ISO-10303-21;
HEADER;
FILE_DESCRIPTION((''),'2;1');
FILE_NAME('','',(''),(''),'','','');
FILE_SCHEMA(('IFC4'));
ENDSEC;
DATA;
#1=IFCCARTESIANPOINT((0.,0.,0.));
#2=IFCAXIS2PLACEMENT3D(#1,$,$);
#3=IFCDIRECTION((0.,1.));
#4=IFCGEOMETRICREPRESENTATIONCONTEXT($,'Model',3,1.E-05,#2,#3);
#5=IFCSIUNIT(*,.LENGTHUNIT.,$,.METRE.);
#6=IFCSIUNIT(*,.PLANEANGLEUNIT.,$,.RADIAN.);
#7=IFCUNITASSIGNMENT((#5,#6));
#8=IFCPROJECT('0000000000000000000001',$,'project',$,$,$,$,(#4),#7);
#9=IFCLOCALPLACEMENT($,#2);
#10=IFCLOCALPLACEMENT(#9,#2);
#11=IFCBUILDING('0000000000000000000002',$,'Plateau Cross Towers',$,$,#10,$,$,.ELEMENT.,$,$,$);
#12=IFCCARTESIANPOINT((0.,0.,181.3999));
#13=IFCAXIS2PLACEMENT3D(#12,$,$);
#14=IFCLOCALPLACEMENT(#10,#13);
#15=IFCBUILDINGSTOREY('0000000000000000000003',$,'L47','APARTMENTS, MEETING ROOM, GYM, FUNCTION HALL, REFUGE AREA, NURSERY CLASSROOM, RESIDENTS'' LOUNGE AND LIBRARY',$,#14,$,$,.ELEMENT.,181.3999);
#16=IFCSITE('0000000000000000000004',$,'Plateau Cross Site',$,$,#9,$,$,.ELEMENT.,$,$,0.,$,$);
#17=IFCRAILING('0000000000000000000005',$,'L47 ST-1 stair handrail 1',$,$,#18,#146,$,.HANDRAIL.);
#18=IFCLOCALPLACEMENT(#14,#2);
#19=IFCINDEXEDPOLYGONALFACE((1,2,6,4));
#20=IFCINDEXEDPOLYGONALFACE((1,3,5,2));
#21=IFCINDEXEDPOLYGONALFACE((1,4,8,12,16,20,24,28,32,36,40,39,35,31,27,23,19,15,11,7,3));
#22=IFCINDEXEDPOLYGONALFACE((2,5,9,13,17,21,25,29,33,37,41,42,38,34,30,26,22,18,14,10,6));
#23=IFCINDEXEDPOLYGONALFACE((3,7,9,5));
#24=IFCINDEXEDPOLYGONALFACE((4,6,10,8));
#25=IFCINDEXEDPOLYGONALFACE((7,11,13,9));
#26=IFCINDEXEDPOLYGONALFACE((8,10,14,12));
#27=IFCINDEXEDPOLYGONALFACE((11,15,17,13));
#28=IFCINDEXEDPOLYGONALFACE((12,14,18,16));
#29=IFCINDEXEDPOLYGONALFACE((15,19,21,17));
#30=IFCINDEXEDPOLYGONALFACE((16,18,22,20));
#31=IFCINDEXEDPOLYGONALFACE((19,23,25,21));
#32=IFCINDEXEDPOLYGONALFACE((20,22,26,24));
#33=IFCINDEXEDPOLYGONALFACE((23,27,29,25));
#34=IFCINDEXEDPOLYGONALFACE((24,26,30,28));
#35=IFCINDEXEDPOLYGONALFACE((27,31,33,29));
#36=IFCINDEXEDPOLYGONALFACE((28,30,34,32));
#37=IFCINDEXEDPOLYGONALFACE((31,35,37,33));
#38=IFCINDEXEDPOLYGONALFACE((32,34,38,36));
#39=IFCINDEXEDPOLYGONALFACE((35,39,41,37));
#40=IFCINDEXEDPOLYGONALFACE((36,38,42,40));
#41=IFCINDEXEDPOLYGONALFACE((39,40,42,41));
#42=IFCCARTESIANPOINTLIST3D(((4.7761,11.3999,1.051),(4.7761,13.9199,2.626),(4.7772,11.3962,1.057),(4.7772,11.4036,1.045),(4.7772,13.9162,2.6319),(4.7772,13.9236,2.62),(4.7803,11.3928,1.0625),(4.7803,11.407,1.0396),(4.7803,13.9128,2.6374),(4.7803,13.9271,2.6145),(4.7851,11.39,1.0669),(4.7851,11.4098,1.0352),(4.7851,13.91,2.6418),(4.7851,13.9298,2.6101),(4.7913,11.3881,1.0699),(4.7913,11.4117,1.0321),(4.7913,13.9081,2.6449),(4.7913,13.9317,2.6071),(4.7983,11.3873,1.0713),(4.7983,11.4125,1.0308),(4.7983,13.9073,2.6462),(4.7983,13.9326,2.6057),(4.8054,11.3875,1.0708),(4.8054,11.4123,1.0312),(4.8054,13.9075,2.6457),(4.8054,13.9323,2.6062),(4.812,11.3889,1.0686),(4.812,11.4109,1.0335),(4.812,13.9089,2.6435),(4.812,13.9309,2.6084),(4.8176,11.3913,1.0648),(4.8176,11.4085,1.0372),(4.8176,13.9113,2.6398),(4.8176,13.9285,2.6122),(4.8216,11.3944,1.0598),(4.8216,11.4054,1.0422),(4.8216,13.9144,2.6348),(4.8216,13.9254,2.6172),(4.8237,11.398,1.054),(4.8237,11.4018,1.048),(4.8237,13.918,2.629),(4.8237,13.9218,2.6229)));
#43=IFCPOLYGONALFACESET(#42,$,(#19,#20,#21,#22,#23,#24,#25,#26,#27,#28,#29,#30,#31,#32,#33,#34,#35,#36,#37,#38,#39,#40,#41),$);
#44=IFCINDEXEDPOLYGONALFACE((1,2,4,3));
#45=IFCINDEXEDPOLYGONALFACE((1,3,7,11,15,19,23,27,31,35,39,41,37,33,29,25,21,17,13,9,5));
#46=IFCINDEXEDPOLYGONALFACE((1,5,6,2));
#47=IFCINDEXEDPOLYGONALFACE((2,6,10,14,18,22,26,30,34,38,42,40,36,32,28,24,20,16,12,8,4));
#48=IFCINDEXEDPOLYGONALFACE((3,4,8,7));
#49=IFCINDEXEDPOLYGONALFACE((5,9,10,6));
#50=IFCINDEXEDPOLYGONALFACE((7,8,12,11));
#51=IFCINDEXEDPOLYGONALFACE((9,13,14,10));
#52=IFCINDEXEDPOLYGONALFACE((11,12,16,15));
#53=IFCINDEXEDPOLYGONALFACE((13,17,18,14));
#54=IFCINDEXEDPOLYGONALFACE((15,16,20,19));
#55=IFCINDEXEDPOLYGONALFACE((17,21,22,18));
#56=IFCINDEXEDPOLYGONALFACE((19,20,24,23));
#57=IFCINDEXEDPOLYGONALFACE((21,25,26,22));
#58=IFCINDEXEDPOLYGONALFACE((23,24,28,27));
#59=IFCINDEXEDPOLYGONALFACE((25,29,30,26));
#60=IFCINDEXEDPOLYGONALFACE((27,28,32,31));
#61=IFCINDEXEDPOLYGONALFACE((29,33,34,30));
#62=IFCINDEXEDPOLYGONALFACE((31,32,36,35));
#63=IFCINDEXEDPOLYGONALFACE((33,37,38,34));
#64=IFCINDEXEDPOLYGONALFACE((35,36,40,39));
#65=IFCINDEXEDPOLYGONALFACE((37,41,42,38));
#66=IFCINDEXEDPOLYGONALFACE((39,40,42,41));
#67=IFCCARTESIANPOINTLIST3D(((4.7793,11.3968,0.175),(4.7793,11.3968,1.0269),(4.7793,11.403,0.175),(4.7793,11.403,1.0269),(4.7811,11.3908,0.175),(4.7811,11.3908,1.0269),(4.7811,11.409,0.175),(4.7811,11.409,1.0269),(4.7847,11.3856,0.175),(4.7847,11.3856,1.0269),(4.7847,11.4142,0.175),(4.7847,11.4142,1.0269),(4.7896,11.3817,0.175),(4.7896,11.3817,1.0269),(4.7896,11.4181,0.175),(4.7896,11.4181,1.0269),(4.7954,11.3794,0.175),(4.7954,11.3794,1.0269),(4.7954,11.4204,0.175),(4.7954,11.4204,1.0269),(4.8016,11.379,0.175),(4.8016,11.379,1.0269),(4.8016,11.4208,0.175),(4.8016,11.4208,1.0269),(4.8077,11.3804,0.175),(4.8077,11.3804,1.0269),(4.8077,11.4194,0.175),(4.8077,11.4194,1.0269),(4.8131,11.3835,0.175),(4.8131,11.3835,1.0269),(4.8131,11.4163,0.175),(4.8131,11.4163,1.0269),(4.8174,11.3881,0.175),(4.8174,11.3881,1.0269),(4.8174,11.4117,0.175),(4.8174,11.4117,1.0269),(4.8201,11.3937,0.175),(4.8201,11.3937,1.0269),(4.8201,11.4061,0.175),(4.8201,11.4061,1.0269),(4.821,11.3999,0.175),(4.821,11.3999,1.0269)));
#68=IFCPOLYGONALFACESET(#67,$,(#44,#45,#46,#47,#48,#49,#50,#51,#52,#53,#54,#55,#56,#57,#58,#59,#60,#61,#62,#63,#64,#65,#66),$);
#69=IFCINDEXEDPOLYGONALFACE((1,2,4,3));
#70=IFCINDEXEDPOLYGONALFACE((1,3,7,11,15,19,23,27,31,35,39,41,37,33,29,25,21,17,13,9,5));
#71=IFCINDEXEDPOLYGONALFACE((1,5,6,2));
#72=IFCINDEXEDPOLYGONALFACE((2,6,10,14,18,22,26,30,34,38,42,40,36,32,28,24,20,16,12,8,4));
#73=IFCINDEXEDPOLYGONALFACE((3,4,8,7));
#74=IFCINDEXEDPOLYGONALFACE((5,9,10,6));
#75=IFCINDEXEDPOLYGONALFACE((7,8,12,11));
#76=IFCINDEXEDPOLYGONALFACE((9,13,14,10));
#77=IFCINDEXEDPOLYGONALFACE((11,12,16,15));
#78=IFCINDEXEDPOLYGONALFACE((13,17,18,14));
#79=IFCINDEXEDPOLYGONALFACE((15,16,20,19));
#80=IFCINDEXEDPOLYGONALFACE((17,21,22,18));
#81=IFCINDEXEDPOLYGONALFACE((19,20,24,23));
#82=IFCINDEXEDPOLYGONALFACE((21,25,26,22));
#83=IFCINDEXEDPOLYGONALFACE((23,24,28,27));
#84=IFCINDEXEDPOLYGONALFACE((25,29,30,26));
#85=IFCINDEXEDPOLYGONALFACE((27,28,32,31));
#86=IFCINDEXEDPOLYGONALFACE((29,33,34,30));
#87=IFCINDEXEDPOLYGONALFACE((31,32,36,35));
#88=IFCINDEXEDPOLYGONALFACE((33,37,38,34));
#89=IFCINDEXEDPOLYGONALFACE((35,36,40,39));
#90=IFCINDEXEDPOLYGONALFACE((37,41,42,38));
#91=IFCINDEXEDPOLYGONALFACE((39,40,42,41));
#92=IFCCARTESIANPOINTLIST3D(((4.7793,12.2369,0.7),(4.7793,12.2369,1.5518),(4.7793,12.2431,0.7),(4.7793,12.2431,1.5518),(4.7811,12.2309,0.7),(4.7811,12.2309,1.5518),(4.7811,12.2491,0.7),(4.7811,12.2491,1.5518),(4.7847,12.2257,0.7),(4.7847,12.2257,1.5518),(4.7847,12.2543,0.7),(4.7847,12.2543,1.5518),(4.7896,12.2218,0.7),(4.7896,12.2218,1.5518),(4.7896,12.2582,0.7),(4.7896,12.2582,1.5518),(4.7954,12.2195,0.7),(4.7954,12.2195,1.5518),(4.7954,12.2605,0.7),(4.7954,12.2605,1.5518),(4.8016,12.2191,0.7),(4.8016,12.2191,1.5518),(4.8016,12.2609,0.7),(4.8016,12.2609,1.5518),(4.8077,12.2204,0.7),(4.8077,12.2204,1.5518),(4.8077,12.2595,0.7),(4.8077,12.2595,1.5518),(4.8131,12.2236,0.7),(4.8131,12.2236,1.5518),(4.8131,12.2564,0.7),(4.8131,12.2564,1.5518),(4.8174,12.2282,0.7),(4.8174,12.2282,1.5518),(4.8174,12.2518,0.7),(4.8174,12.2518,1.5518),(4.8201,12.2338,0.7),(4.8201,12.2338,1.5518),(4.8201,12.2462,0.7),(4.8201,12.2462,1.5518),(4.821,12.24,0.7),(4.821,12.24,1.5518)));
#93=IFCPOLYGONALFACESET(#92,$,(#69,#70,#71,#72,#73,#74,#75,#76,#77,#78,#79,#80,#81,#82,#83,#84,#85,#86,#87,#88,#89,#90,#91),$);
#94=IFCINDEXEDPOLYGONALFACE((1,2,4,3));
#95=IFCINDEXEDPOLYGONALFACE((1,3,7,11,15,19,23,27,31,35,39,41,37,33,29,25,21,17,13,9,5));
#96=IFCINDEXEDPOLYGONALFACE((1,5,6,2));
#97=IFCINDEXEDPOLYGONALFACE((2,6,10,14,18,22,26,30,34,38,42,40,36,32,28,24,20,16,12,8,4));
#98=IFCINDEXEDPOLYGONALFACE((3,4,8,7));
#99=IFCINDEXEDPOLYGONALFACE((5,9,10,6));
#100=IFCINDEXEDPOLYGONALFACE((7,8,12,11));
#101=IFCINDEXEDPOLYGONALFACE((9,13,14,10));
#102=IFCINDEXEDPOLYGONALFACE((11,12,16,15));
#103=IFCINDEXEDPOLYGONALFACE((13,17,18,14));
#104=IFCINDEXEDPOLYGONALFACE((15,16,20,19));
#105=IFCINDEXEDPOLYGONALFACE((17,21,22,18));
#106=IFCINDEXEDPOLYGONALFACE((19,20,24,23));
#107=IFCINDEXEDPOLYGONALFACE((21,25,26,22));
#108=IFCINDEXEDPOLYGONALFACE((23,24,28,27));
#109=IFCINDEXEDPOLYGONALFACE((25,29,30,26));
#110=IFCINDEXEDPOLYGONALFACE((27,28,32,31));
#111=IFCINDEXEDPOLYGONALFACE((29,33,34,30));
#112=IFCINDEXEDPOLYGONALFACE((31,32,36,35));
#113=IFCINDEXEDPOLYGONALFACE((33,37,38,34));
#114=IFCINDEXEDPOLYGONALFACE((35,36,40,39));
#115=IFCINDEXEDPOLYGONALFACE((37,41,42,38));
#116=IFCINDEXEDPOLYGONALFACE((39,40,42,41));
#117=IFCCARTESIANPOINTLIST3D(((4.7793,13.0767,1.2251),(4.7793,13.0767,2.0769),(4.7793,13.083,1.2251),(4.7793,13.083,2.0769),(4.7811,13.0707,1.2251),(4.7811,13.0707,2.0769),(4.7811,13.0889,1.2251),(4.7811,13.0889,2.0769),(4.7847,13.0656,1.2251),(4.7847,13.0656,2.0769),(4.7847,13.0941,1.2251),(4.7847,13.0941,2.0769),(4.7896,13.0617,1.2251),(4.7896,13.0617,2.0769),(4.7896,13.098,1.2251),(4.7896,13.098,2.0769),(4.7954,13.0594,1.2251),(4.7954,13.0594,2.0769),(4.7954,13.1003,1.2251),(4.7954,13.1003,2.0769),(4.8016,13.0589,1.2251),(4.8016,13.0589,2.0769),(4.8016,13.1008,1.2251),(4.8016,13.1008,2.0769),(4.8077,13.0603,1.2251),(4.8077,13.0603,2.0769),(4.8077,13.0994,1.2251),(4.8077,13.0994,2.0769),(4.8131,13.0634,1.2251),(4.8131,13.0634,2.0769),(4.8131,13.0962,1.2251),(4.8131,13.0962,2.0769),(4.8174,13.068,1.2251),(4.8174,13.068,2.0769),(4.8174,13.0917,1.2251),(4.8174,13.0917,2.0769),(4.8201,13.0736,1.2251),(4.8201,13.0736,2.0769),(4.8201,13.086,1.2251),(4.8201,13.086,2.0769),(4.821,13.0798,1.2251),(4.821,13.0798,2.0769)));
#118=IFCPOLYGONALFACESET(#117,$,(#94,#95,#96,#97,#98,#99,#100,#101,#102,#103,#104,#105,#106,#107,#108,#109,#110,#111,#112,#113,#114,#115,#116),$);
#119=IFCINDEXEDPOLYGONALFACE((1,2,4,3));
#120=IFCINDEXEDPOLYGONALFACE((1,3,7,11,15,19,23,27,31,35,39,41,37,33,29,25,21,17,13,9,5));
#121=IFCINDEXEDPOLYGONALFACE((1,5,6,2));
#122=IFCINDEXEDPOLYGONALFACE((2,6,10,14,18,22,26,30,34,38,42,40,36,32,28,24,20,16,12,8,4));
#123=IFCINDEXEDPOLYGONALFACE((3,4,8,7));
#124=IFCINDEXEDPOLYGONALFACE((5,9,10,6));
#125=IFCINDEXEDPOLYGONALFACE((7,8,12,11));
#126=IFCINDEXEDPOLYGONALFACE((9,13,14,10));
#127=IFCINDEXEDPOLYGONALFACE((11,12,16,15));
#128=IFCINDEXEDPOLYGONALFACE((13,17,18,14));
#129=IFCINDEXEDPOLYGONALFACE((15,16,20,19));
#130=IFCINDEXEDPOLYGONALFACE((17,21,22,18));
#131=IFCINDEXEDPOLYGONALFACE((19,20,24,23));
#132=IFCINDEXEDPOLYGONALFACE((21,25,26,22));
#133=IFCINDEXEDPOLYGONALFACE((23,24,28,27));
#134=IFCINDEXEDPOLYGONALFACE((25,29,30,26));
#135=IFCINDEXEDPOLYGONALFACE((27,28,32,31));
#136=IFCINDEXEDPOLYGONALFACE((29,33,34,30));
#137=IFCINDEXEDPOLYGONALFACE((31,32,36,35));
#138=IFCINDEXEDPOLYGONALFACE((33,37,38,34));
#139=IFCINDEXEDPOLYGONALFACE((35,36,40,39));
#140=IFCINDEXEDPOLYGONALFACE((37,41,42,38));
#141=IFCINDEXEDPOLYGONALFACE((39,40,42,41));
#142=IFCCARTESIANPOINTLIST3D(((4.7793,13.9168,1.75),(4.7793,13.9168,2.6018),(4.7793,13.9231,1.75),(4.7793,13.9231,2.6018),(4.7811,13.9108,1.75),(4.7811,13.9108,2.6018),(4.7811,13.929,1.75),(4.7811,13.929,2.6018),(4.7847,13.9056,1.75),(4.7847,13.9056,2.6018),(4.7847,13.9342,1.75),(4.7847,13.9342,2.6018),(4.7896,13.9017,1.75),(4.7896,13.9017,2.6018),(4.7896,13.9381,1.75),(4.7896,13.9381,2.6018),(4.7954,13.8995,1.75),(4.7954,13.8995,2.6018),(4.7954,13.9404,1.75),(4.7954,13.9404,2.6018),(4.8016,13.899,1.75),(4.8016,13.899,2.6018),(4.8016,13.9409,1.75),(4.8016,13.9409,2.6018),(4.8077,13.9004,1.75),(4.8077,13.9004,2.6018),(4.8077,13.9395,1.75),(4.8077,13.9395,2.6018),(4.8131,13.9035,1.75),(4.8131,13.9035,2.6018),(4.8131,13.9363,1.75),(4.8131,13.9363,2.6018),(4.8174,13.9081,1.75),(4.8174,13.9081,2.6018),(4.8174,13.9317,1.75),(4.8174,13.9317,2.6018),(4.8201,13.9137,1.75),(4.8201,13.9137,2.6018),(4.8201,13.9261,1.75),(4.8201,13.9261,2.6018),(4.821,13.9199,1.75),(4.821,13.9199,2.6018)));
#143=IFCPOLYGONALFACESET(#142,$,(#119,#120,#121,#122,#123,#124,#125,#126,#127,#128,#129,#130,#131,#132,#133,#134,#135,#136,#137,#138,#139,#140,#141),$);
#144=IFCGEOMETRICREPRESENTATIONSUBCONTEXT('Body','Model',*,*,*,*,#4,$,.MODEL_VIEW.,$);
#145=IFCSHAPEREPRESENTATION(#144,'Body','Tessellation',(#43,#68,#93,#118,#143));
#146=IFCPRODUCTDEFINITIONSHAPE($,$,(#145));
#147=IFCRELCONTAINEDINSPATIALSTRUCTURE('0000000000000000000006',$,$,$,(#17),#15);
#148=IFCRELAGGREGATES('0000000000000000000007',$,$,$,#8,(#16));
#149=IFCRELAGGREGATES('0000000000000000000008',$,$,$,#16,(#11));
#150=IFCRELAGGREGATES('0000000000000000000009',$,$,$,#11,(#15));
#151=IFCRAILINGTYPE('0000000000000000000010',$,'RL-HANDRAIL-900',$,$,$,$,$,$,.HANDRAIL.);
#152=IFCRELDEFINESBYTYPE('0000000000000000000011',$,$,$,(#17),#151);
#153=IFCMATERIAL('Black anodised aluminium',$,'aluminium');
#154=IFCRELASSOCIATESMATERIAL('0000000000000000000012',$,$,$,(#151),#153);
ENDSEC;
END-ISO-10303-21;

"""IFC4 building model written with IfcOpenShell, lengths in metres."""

from ifc_helpers import new_model, si_unit, direction, frame, origin, origin_2d, place, context, subcontext, project, spatial, circle, extrude, material, type_object, element, save


model = new_model("IFC4")

# Units and contexts
model_context = context("Model", 3, precision=1e-05, world=origin(), true_north=direction((0.0, 1.0)))
body_context = subcontext(model_context, "Body", "Model", "MODEL_VIEW")
ifc_project = project(units=[si_unit("LENGTHUNIT", "METRE"), si_unit("PLANEANGLEUNIT", "RADIAN")], contexts=[model_context])

# Site, building, storey
site_placement = place(None, origin())
site = spatial("IfcSite", under=ifc_project, at=site_placement, Name="Plateau Cross Site", CompositionType="ELEMENT", RefElevation=0.0)
building_placement = place(site_placement, origin())
building = spatial("IfcBuilding", under=site, at=building_placement, Name="Plateau Cross Towers", CompositionType="ELEMENT")
storey_placement = place(building_placement, frame((0.0, 0.0, 181.3999)))
storey = spatial("IfcBuildingStorey", under=building, at=storey_placement, Name="L47", Description="APARTMENTS, MEETING ROOM, GYM, FUNCTION HALL, REFUGE AREA, NURSERY CLASSROOM, RESIDENTS' LOUNGE AND LIBRARY", CompositionType="ELEMENT", Elevation=181.3999)

# Shared definitions
ifc_material_1 = material(Name="Black anodised aluminium", Category="aluminium")

# Railing
railing_type_1 = type_object("IfcRailingType", Name="RL-HANDRAIL-900", PredefinedType="HANDRAIL", material=ifc_material_1)
railing_1_placement = place(storey_placement, frame((4.8, 11.3999, 0.175)))
element("IfcRailing", 1, at=railing_1_placement, inside=storey, type_object=railing_type_1, Name="L47 ST-1 stair handrail 1", PredefinedType="HANDRAIL", context=body_context, shape_type="SweptSolid", body=[
    extrude(circle(Radius=0.0239, at=origin_2d()), frame((0.0, 0.0, 0.876), z_axis=(0.0, 0.848008, 0.529984), x_axis=(-1.0, 0.0, 0.0)), (0.0, 0.0, 1.0), 2.9717),
    extrude(circle(Radius=0.021, at=origin_2d()), origin(), (0.0, 0.0, 1.0), 0.8518),
    extrude(circle(Radius=0.021, at=origin_2d()), frame((0.0, 0.8401, 0.5249)), (0.0, 0.0, 1.0), 0.8518),
    extrude(circle(Radius=0.021, at=origin_2d()), frame((0.0, 1.6799, 1.05)), (0.0, 0.0, 1.0), 0.8518),
    extrude(circle(Radius=0.021, at=origin_2d()), frame((0.0, 2.52, 1.575)), (0.0, 0.0, 1.0), 0.8518),
])

save(model, "model.ifc")
